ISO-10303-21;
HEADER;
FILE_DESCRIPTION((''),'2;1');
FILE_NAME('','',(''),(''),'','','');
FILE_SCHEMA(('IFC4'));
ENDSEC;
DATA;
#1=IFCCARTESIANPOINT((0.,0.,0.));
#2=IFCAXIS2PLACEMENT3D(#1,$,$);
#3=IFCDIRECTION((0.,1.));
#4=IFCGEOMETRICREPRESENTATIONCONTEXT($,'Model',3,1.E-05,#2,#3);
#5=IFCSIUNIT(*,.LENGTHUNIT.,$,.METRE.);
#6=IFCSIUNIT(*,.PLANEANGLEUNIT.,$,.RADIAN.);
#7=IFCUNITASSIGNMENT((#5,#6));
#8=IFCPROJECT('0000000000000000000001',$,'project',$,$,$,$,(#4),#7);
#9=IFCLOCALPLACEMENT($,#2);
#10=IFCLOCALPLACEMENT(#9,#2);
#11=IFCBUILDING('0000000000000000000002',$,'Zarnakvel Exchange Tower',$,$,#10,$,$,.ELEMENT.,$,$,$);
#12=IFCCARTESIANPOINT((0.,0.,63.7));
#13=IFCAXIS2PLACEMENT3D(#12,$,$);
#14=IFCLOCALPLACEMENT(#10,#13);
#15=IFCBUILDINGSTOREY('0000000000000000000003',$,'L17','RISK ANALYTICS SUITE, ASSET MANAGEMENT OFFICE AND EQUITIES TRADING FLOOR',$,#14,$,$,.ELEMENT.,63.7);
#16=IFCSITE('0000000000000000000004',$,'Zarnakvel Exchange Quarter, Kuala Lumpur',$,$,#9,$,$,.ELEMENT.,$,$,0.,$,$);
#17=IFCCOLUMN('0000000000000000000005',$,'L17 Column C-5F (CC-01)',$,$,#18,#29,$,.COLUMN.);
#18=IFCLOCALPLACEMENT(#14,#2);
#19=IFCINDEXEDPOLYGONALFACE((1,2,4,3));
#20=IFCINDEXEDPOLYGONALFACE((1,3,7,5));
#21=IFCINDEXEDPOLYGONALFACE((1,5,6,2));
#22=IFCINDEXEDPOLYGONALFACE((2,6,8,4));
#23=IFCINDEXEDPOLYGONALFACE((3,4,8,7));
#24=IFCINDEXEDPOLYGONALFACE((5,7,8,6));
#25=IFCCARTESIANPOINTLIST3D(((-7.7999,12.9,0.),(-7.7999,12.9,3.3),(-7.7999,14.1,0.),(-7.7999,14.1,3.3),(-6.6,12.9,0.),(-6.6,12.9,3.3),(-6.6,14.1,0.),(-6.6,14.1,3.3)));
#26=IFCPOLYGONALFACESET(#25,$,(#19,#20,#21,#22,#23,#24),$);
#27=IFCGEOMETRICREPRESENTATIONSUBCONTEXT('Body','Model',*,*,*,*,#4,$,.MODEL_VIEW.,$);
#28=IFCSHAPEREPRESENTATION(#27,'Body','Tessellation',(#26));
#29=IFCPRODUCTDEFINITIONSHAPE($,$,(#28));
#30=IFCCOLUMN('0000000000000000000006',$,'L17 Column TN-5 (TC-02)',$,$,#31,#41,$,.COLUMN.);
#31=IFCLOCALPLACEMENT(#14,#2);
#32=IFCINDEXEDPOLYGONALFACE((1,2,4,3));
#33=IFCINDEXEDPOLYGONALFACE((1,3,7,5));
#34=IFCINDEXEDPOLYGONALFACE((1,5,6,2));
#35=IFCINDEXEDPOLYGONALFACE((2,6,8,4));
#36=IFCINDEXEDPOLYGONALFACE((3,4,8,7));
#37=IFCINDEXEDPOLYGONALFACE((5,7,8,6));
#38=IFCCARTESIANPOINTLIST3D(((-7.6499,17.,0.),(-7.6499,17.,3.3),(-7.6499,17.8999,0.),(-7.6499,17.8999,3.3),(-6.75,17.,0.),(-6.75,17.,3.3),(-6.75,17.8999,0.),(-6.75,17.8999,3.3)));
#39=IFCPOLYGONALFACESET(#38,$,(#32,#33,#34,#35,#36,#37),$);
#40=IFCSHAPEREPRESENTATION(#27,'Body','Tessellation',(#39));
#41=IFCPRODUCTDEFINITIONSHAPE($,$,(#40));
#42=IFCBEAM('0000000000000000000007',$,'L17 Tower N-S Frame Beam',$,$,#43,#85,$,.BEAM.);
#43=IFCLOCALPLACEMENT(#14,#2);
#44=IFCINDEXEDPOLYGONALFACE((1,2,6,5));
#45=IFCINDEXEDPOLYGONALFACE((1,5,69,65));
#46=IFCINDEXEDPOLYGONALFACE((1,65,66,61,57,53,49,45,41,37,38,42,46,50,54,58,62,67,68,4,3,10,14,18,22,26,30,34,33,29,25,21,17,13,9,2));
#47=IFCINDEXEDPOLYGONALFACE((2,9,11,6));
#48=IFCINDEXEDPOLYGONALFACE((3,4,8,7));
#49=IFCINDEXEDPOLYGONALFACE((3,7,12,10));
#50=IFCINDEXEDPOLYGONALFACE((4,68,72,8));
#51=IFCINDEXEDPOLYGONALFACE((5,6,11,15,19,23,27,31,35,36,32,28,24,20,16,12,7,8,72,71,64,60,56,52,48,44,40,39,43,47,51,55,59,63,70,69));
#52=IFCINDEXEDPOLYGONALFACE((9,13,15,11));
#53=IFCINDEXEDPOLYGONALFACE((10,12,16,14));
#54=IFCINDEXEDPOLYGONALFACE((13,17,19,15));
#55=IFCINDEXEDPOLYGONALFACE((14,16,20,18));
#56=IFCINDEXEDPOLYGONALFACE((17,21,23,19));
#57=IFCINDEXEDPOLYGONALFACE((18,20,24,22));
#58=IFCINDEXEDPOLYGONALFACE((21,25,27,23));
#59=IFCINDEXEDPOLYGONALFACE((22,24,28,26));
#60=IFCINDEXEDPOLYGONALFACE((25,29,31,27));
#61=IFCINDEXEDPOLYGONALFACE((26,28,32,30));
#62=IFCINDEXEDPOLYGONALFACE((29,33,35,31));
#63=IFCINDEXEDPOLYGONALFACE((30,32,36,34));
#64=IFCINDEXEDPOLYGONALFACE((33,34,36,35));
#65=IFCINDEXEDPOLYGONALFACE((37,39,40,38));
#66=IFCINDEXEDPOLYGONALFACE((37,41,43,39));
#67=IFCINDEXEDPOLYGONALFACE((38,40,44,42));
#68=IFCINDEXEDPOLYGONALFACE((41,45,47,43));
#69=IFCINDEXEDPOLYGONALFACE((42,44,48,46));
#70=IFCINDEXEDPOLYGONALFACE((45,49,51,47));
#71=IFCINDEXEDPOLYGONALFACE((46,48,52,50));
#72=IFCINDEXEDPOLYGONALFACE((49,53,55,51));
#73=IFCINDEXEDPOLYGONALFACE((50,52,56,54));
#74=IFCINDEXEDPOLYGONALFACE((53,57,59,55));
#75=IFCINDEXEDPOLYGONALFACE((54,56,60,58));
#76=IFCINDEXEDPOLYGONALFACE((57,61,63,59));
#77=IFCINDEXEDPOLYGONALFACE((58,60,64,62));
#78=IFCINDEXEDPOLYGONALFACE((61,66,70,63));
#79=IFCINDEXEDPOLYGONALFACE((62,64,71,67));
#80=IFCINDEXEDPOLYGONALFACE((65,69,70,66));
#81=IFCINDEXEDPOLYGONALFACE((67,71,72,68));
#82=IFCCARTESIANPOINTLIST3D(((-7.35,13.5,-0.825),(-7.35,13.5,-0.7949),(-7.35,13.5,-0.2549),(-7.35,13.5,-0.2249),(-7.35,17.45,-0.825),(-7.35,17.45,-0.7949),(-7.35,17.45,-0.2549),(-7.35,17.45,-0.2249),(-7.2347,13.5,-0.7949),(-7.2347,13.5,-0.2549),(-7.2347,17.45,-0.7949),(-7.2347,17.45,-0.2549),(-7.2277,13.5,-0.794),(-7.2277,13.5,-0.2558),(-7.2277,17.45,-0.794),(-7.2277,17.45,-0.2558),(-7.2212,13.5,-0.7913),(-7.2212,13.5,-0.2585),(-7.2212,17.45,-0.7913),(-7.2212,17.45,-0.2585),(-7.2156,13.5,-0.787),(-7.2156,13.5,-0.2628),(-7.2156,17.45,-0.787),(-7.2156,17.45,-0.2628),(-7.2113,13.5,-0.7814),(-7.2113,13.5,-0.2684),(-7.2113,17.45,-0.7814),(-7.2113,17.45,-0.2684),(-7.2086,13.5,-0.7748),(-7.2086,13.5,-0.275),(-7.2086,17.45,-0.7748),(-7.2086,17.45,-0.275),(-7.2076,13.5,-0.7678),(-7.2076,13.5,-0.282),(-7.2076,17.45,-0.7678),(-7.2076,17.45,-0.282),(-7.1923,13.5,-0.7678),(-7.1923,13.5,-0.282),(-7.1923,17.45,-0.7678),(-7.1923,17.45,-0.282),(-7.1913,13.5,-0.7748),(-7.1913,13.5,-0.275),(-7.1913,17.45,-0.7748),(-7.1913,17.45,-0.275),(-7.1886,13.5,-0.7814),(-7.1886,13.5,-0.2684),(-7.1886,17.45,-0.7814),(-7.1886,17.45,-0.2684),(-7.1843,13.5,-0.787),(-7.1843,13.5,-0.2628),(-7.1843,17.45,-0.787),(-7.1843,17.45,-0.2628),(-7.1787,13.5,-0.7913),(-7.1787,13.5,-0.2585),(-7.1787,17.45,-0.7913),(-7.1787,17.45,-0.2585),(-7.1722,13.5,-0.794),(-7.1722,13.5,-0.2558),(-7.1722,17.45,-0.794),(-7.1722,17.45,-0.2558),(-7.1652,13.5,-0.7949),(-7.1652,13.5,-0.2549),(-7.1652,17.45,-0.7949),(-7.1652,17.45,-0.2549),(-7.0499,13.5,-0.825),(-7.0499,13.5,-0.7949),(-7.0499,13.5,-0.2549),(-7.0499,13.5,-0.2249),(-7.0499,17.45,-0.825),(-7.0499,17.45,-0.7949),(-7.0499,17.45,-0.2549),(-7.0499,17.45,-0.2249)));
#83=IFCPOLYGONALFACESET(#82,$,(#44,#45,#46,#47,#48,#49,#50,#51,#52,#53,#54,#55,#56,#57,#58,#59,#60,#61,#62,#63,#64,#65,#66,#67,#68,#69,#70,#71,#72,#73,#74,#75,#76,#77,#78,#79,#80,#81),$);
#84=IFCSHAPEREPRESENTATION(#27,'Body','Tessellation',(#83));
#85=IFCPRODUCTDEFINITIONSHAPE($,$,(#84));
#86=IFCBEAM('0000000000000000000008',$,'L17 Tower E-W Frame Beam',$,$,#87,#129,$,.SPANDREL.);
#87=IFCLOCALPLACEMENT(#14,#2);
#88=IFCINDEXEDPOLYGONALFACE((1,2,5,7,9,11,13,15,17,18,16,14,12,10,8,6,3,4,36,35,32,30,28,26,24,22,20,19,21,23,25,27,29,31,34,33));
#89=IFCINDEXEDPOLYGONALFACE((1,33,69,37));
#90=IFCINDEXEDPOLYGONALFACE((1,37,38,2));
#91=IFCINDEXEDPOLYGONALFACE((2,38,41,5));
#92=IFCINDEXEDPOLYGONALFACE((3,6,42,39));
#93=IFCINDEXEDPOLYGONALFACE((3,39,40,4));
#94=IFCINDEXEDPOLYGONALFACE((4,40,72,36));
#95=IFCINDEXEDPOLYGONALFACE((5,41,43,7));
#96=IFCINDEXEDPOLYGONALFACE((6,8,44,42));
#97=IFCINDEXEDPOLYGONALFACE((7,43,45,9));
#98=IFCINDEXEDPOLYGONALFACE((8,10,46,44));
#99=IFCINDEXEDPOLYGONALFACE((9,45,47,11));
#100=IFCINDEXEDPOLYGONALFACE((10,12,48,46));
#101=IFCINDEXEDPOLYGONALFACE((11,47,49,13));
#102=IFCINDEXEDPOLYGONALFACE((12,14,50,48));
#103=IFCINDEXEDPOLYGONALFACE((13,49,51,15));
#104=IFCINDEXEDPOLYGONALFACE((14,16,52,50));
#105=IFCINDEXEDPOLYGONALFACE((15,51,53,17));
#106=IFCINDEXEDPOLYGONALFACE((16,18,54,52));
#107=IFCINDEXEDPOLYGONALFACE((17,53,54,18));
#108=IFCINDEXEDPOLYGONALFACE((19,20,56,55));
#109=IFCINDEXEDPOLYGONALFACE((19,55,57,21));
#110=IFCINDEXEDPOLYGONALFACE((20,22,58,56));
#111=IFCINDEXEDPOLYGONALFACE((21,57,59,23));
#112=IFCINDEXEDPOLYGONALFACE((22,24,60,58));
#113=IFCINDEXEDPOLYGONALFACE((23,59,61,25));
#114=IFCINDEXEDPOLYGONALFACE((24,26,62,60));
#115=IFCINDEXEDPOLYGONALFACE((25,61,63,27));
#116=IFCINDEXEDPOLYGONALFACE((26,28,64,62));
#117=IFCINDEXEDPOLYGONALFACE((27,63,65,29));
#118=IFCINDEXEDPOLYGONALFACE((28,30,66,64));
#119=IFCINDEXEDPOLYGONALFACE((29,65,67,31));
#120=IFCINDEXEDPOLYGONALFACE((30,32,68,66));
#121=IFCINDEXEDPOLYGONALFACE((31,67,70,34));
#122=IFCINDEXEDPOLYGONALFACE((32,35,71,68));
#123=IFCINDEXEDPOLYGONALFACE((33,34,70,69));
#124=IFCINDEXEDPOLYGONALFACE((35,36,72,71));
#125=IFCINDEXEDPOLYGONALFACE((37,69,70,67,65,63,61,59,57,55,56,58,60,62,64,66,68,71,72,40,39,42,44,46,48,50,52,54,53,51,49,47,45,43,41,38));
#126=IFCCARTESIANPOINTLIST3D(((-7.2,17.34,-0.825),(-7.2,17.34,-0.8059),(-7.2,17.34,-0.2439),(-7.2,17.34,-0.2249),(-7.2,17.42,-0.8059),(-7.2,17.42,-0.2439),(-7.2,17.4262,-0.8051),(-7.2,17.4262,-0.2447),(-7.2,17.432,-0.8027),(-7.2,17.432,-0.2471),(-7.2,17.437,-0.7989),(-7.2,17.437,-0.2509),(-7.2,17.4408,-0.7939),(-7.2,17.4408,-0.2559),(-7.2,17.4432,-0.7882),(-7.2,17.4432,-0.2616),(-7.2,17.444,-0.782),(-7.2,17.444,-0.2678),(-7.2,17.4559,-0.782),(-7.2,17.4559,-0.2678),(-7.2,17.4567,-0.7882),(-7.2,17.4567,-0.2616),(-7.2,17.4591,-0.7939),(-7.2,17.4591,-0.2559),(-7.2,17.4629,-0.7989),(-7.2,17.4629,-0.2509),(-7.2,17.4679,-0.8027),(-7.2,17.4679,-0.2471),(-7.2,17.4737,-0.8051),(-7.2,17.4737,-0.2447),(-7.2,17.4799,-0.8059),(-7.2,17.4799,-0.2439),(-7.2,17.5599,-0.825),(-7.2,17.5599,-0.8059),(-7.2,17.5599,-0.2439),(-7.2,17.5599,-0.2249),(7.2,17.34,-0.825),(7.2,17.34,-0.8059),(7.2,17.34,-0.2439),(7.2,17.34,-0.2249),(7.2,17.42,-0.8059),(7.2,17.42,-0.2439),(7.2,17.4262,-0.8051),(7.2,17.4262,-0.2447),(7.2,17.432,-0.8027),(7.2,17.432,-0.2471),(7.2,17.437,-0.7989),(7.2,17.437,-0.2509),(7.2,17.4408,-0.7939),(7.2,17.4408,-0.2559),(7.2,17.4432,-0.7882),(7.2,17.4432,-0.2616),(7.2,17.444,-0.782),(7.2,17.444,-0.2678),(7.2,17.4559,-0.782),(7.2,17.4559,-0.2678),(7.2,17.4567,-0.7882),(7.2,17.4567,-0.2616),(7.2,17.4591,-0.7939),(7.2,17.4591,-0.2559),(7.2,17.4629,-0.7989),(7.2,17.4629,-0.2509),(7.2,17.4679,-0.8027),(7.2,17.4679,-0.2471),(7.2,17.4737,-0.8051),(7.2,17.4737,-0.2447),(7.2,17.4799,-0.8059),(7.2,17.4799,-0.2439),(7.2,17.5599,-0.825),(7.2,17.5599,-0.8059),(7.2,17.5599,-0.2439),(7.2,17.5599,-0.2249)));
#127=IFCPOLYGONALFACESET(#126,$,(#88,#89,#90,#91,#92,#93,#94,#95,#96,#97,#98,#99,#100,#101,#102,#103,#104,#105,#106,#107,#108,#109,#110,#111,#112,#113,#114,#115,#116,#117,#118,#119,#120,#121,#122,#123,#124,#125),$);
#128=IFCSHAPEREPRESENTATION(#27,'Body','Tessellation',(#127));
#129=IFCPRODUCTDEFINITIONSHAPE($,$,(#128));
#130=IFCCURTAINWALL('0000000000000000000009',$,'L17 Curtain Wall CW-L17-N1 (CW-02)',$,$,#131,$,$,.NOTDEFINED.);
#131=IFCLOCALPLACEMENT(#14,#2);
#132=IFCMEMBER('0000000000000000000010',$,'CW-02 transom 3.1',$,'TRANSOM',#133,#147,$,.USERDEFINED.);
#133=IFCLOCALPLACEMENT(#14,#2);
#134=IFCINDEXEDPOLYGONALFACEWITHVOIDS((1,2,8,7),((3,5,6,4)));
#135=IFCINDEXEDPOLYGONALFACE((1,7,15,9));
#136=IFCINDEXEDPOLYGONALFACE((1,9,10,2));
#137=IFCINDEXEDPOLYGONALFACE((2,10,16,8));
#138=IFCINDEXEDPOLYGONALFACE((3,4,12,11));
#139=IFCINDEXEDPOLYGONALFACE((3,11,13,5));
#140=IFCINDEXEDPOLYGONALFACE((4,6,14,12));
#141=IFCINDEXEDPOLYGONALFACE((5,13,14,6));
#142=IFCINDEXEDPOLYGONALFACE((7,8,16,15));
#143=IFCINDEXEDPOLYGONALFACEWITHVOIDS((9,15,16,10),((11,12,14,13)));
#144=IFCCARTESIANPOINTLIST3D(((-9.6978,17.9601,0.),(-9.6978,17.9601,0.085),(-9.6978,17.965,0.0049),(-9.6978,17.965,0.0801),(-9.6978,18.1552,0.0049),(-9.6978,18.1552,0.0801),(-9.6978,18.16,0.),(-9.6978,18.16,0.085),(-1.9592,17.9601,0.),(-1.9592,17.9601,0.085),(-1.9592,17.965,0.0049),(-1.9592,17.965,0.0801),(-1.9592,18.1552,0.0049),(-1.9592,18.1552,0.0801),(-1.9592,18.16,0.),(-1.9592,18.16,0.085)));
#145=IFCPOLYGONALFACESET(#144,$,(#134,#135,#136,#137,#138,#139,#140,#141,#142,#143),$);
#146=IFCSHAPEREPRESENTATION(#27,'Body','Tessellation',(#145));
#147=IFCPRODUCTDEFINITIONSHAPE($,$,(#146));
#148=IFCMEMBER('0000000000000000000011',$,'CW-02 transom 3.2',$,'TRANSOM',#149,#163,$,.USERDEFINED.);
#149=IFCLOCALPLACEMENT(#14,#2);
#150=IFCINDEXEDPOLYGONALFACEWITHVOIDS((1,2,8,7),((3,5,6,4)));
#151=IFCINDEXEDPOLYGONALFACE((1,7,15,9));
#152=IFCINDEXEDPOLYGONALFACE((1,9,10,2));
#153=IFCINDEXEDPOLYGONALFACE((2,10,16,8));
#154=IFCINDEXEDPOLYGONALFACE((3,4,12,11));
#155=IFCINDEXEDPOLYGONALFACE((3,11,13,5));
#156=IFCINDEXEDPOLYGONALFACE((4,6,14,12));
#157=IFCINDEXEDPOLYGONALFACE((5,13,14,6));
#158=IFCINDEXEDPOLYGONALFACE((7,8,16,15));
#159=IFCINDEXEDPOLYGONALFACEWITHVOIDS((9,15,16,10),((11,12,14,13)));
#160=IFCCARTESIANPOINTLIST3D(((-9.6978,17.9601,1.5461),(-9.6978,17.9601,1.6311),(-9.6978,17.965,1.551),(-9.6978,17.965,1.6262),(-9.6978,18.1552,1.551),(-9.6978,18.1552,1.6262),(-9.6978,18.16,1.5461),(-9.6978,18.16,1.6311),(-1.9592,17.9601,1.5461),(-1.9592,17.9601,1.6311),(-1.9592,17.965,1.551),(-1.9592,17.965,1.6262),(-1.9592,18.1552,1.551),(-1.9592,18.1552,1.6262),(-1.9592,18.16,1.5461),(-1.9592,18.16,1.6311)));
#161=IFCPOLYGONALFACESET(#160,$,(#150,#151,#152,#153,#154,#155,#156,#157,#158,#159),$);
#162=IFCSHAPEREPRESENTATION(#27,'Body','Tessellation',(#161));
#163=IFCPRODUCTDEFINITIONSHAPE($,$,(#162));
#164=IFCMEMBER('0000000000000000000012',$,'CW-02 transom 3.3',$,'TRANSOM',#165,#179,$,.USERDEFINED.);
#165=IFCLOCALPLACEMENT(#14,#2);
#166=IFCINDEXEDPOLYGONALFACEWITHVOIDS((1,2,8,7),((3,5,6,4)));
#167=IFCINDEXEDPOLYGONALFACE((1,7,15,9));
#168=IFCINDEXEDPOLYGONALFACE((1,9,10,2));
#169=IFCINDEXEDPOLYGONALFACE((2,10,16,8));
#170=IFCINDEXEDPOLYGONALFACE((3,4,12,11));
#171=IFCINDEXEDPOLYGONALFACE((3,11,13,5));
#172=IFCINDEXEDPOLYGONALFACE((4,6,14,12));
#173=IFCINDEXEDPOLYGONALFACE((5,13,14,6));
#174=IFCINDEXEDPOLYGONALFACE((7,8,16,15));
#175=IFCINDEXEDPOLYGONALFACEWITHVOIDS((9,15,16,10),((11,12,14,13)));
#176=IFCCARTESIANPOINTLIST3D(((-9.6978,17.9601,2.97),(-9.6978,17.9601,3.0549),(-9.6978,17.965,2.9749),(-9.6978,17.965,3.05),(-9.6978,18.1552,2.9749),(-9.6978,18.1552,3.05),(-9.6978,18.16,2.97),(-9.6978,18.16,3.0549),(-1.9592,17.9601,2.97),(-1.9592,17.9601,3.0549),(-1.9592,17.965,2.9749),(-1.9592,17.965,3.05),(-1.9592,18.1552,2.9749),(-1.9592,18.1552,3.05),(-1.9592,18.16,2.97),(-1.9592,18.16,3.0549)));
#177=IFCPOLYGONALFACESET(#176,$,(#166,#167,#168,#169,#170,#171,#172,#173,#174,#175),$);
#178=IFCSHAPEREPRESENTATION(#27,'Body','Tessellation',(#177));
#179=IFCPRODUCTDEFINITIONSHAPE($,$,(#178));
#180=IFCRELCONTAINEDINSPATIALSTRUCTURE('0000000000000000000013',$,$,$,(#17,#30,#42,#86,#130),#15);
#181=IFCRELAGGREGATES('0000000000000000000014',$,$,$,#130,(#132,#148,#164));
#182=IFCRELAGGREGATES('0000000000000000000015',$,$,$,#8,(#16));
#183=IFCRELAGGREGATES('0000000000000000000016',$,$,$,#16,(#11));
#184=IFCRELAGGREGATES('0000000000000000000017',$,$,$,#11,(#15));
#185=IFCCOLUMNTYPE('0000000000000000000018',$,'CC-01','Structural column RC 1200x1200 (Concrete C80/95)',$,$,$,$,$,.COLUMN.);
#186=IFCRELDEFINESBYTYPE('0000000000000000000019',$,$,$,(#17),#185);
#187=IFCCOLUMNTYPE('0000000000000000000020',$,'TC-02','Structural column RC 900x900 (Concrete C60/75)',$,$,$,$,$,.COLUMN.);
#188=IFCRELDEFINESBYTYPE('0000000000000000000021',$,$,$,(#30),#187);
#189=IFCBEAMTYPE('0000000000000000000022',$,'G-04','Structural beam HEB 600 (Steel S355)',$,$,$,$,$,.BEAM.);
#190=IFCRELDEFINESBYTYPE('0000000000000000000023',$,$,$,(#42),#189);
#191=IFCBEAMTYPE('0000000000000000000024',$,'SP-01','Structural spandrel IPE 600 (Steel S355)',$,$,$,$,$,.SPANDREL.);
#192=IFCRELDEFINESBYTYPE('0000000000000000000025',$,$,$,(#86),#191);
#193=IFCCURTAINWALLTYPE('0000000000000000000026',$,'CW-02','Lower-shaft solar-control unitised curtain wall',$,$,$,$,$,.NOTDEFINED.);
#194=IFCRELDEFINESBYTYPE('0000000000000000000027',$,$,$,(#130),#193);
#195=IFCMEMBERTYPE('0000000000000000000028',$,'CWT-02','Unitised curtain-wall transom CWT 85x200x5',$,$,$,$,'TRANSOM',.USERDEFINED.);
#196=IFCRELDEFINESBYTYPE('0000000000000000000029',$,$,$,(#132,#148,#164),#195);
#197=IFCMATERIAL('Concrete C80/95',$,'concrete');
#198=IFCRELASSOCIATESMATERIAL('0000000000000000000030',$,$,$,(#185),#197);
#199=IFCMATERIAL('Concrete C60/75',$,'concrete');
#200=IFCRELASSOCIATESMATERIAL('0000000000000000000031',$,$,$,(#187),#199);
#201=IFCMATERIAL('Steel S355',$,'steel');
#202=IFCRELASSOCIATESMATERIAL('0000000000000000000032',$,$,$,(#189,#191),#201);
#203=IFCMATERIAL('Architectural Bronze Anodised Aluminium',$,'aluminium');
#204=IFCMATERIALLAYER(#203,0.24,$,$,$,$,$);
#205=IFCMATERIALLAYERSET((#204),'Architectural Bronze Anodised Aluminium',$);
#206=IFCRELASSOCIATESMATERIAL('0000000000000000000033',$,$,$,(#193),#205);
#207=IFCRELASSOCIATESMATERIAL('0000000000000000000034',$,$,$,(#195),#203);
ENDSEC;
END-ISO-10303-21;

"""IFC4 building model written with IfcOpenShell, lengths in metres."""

from ifc_helpers import new_model, si_unit, direction, frame, origin, origin_2d, place, context, subcontext, project, spatial, rectangle, hollow_rectangle, i_section, extrude, source, transform, mapped, material, layer, layer_set, material_profile, profile_set, type_object, element, aggregate, save


model = new_model("IFC4")

# Units and contexts
model_context = context("Model", 3, precision=1e-05, world=origin(), true_north=direction((0.0, 1.0)))
body_context = subcontext(model_context, "Body", "Model", "MODEL_VIEW")
ifc_project = project(units=[si_unit("LENGTHUNIT", "METRE"), si_unit("PLANEANGLEUNIT", "RADIAN")], contexts=[model_context])

# Site, building, storey
site_placement = place(None, origin())
site = spatial("IfcSite", under=ifc_project, at=site_placement, Name="Zarnakvel Exchange Quarter, Kuala Lumpur", CompositionType="ELEMENT", RefElevation=0.0)
building_placement = place(site_placement, origin())
building = spatial("IfcBuilding", under=site, at=building_placement, Name="Zarnakvel Exchange Tower", CompositionType="ELEMENT")
storey_placement = place(building_placement, frame((0.0, 0.0, 63.7)))
storey = spatial("IfcBuildingStorey", under=building, at=storey_placement, Name="L17", Description="RISK ANALYTICS SUITE, ASSET MANAGEMENT OFFICE AND EQUITIES TRADING FLOOR", CompositionType="ELEMENT", Elevation=63.7)

# Columns
ifc_material_1 = material(Name="Concrete C80/95", Category="concrete")
ifc_material_profile_1 = material_profile(ifc_material_1, rectangle(XDim=1.2, YDim=1.2, at=origin_2d()))
ifc_profile_set_1 = profile_set([ifc_material_profile_1], Name="Concrete C80/95")
column_type_1 = type_object("IfcColumnType", Name="CC-01", Description="Structural column RC 1200x1200 (Concrete C80/95)", PredefinedType="COLUMN", material=ifc_profile_set_1)
column_1_placement = place(storey_placement, frame((-7.2, 13.5, 0.0), z_axis=(0.0, 0.0, 1.0), x_axis=(1.0, 0.0, 0.0)))
element("IfcColumn", 1, at=column_1_placement, inside=storey, type_object=column_type_1, Name="L17 Column C-5F (CC-01)", PredefinedType="COLUMN", context=body_context, shape_type="SweptSolid", body=[
    extrude(rectangle(XDim=1.2, YDim=1.2, at=origin_2d()), origin(), (0.0, 0.0, 1.0), 3.3),
])
ifc_material_2 = material(Name="Concrete C60/75", Category="concrete")
ifc_material_profile_2 = material_profile(ifc_material_2, rectangle(XDim=0.8999, YDim=0.8999, at=origin_2d()))
ifc_profile_set_2 = profile_set([ifc_material_profile_2], Name="Concrete C60/75")
column_type_2 = type_object("IfcColumnType", Name="TC-02", Description="Structural column RC 900x900 (Concrete C60/75)", PredefinedType="COLUMN", material=ifc_profile_set_2)
column_2_placement = place(storey_placement, frame((-7.2, 17.45, 0.0), z_axis=(0.0, 0.0, 1.0), x_axis=(1.0, 0.0, 0.0)))
element("IfcColumn", 2, at=column_2_placement, inside=storey, type_object=column_type_2, Name="L17 Column TN-5 (TC-02)", PredefinedType="COLUMN", context=body_context, shape_type="SweptSolid", body=[
    extrude(rectangle(XDim=0.8999, YDim=0.8999, at=origin_2d()), origin(), (0.0, 0.0, 1.0), 3.3),
])

# Beams
ifc_material_3 = material(Name="Steel S355", Category="steel")
ifc_material_profile_3 = material_profile(ifc_material_3, i_section(OverallWidth=0.3, OverallDepth=0.6001, WebThickness=0.0154, FlangeThickness=0.03, FilletRadius=0.0271, at=origin_2d()))
ifc_profile_set_3 = profile_set([ifc_material_profile_3], Name="Steel S355")
beam_type_1 = type_object("IfcBeamType", Name="G-04", Description="Structural beam HEB 600 (Steel S355)", PredefinedType="BEAM", material=ifc_profile_set_3)
beam_1_placement = place(storey_placement, frame((-7.2, 13.5, -0.5249), z_axis=(0.0, 1.0, 0.0), x_axis=(-1.0, 0.0, 0.0)))
element("IfcBeam", 3, at=beam_1_placement, inside=storey, type_object=beam_type_1, Name="L17 Tower N-S Frame Beam", PredefinedType="BEAM", context=body_context, shape_type="SweptSolid", body=[
    extrude(i_section(OverallWidth=0.3, OverallDepth=0.6001, WebThickness=0.0154, FlangeThickness=0.03, FilletRadius=0.0271, at=origin_2d()), origin(), (0.0, 0.0, 1.0), 3.95),
])
ifc_material_profile_4 = material_profile(ifc_material_3, i_section(OverallWidth=0.22, OverallDepth=0.6001, WebThickness=0.012, FlangeThickness=0.019, FilletRadius=0.0239, at=origin_2d()))
ifc_profile_set_4 = profile_set([ifc_material_profile_4], Name="Steel S355")
beam_type_2 = type_object("IfcBeamType", Name="SP-01", Description="Structural spandrel IPE 600 (Steel S355)", PredefinedType="SPANDREL", material=ifc_profile_set_4)
beam_2_placement = place(storey_placement, frame((-7.2, 17.45, -0.5249), z_axis=(1.0, 0.0, 0.0), x_axis=(0.0, 1.0, 0.0)))
element("IfcBeam", 4, at=beam_2_placement, inside=storey, type_object=beam_type_2, Name="L17 Tower E-W Frame Beam", PredefinedType="SPANDREL", context=body_context, shape_type="SweptSolid", body=[
    extrude(i_section(OverallWidth=0.22, OverallDepth=0.6001, WebThickness=0.012, FlangeThickness=0.019, FilletRadius=0.0239, at=origin_2d()), origin(), (0.0, 0.0, 1.0), 14.3999),
])

# Curtain wall, members
ifc_material_4 = material(Name="Architectural Bronze Anodised Aluminium", Category="aluminium")
ifc_layer_1 = layer(ifc_material_4, 0.24)
ifc_layer_set_1 = layer_set([ifc_layer_1], Name="Architectural Bronze Anodised Aluminium")
curtain_wall_type = type_object("IfcCurtainWallType", Name="CW-02", Description="Lower-shaft solar-control unitised curtain wall", PredefinedType="NOTDEFINED", material=ifc_layer_set_1)
curtain_wall_placement = place(storey_placement, origin())
curtain_wall = element("IfcCurtainWall", 5, at=curtain_wall_placement, inside=storey, type_object=curtain_wall_type, Name="L17 Curtain Wall CW-L17-N1 (CW-02)", PredefinedType="NOTDEFINED")
ifc_material_profile_5 = material_profile(ifc_material_4, hollow_rectangle(XDim=0.2, YDim=0.085, WallThickness=0.0049, at=origin_2d()))
ifc_profile_set_5 = profile_set([ifc_material_profile_5], Name="Architectural Bronze Anodised Aluminium")
member_type_1 = type_object("IfcMemberType", Name="CWT-02", Description="Unitised curtain-wall transom CWT 85x200x5", ElementType="TRANSOM", PredefinedType="USERDEFINED", material=ifc_profile_set_5)
shared_shape_1 = source(origin(), body_context, "Body", "SweptSolid", [
    extrude(hollow_rectangle(XDim=0.2, YDim=0.085, WallThickness=0.0049, at=origin_2d()), origin(), (0.0, 0.0, 1.0), 7.7385),
])
member_1_placement = place(storey_placement, frame((-9.6978, 18.0601, 0.0425), z_axis=(1.0, 0.0, 0.0), x_axis=(0.0, 1.0, 0.0)))
member_1 = element("IfcMember", 6, at=member_1_placement, type_object=member_type_1, Name="CW-02 transom 3.1", ObjectType="TRANSOM", PredefinedType="USERDEFINED", context=body_context, shape_type="MappedRepresentation", body=[
    mapped(shared_shape_1, transform((0.0, 0.0, 0.0), x_axis=(1.0, 0.0, 0.0), y_axis=(0.0, 1.0, 0.0), z_axis=(0.0, 0.0, 1.0), scale=1.0)),
])
member_2_placement = place(storey_placement, frame((-9.6978, 18.0601, 1.5886), z_axis=(1.0, 0.0, 0.0), x_axis=(0.0, 1.0, 0.0)))
member_2 = element("IfcMember", 7, at=member_2_placement, type_object=member_type_1, Name="CW-02 transom 3.2", ObjectType="TRANSOM", PredefinedType="USERDEFINED", context=body_context, shape_type="MappedRepresentation", body=[
    mapped(shared_shape_1, transform((0.0, 0.0, 0.0), x_axis=(1.0, 0.0, 0.0), y_axis=(0.0, 1.0, 0.0), z_axis=(0.0, 0.0, 1.0), scale=1.0)),
])
member_3_placement = place(storey_placement, frame((-9.6978, 18.0601, 3.0125), z_axis=(1.0, 0.0, 0.0), x_axis=(0.0, 1.0, 0.0)))
member_3 = element("IfcMember", 8, at=member_3_placement, type_object=member_type_1, Name="CW-02 transom 3.3", ObjectType="TRANSOM", PredefinedType="USERDEFINED", context=body_context, shape_type="MappedRepresentation", body=[
    mapped(shared_shape_1, transform((0.0, 0.0, 0.0), x_axis=(1.0, 0.0, 0.0), y_axis=(0.0, 1.0, 0.0), z_axis=(0.0, 0.0, 1.0), scale=1.0)),
])
aggregate(curtain_wall, [member_1, member_2, member_3])

save(model, "model.ifc")
